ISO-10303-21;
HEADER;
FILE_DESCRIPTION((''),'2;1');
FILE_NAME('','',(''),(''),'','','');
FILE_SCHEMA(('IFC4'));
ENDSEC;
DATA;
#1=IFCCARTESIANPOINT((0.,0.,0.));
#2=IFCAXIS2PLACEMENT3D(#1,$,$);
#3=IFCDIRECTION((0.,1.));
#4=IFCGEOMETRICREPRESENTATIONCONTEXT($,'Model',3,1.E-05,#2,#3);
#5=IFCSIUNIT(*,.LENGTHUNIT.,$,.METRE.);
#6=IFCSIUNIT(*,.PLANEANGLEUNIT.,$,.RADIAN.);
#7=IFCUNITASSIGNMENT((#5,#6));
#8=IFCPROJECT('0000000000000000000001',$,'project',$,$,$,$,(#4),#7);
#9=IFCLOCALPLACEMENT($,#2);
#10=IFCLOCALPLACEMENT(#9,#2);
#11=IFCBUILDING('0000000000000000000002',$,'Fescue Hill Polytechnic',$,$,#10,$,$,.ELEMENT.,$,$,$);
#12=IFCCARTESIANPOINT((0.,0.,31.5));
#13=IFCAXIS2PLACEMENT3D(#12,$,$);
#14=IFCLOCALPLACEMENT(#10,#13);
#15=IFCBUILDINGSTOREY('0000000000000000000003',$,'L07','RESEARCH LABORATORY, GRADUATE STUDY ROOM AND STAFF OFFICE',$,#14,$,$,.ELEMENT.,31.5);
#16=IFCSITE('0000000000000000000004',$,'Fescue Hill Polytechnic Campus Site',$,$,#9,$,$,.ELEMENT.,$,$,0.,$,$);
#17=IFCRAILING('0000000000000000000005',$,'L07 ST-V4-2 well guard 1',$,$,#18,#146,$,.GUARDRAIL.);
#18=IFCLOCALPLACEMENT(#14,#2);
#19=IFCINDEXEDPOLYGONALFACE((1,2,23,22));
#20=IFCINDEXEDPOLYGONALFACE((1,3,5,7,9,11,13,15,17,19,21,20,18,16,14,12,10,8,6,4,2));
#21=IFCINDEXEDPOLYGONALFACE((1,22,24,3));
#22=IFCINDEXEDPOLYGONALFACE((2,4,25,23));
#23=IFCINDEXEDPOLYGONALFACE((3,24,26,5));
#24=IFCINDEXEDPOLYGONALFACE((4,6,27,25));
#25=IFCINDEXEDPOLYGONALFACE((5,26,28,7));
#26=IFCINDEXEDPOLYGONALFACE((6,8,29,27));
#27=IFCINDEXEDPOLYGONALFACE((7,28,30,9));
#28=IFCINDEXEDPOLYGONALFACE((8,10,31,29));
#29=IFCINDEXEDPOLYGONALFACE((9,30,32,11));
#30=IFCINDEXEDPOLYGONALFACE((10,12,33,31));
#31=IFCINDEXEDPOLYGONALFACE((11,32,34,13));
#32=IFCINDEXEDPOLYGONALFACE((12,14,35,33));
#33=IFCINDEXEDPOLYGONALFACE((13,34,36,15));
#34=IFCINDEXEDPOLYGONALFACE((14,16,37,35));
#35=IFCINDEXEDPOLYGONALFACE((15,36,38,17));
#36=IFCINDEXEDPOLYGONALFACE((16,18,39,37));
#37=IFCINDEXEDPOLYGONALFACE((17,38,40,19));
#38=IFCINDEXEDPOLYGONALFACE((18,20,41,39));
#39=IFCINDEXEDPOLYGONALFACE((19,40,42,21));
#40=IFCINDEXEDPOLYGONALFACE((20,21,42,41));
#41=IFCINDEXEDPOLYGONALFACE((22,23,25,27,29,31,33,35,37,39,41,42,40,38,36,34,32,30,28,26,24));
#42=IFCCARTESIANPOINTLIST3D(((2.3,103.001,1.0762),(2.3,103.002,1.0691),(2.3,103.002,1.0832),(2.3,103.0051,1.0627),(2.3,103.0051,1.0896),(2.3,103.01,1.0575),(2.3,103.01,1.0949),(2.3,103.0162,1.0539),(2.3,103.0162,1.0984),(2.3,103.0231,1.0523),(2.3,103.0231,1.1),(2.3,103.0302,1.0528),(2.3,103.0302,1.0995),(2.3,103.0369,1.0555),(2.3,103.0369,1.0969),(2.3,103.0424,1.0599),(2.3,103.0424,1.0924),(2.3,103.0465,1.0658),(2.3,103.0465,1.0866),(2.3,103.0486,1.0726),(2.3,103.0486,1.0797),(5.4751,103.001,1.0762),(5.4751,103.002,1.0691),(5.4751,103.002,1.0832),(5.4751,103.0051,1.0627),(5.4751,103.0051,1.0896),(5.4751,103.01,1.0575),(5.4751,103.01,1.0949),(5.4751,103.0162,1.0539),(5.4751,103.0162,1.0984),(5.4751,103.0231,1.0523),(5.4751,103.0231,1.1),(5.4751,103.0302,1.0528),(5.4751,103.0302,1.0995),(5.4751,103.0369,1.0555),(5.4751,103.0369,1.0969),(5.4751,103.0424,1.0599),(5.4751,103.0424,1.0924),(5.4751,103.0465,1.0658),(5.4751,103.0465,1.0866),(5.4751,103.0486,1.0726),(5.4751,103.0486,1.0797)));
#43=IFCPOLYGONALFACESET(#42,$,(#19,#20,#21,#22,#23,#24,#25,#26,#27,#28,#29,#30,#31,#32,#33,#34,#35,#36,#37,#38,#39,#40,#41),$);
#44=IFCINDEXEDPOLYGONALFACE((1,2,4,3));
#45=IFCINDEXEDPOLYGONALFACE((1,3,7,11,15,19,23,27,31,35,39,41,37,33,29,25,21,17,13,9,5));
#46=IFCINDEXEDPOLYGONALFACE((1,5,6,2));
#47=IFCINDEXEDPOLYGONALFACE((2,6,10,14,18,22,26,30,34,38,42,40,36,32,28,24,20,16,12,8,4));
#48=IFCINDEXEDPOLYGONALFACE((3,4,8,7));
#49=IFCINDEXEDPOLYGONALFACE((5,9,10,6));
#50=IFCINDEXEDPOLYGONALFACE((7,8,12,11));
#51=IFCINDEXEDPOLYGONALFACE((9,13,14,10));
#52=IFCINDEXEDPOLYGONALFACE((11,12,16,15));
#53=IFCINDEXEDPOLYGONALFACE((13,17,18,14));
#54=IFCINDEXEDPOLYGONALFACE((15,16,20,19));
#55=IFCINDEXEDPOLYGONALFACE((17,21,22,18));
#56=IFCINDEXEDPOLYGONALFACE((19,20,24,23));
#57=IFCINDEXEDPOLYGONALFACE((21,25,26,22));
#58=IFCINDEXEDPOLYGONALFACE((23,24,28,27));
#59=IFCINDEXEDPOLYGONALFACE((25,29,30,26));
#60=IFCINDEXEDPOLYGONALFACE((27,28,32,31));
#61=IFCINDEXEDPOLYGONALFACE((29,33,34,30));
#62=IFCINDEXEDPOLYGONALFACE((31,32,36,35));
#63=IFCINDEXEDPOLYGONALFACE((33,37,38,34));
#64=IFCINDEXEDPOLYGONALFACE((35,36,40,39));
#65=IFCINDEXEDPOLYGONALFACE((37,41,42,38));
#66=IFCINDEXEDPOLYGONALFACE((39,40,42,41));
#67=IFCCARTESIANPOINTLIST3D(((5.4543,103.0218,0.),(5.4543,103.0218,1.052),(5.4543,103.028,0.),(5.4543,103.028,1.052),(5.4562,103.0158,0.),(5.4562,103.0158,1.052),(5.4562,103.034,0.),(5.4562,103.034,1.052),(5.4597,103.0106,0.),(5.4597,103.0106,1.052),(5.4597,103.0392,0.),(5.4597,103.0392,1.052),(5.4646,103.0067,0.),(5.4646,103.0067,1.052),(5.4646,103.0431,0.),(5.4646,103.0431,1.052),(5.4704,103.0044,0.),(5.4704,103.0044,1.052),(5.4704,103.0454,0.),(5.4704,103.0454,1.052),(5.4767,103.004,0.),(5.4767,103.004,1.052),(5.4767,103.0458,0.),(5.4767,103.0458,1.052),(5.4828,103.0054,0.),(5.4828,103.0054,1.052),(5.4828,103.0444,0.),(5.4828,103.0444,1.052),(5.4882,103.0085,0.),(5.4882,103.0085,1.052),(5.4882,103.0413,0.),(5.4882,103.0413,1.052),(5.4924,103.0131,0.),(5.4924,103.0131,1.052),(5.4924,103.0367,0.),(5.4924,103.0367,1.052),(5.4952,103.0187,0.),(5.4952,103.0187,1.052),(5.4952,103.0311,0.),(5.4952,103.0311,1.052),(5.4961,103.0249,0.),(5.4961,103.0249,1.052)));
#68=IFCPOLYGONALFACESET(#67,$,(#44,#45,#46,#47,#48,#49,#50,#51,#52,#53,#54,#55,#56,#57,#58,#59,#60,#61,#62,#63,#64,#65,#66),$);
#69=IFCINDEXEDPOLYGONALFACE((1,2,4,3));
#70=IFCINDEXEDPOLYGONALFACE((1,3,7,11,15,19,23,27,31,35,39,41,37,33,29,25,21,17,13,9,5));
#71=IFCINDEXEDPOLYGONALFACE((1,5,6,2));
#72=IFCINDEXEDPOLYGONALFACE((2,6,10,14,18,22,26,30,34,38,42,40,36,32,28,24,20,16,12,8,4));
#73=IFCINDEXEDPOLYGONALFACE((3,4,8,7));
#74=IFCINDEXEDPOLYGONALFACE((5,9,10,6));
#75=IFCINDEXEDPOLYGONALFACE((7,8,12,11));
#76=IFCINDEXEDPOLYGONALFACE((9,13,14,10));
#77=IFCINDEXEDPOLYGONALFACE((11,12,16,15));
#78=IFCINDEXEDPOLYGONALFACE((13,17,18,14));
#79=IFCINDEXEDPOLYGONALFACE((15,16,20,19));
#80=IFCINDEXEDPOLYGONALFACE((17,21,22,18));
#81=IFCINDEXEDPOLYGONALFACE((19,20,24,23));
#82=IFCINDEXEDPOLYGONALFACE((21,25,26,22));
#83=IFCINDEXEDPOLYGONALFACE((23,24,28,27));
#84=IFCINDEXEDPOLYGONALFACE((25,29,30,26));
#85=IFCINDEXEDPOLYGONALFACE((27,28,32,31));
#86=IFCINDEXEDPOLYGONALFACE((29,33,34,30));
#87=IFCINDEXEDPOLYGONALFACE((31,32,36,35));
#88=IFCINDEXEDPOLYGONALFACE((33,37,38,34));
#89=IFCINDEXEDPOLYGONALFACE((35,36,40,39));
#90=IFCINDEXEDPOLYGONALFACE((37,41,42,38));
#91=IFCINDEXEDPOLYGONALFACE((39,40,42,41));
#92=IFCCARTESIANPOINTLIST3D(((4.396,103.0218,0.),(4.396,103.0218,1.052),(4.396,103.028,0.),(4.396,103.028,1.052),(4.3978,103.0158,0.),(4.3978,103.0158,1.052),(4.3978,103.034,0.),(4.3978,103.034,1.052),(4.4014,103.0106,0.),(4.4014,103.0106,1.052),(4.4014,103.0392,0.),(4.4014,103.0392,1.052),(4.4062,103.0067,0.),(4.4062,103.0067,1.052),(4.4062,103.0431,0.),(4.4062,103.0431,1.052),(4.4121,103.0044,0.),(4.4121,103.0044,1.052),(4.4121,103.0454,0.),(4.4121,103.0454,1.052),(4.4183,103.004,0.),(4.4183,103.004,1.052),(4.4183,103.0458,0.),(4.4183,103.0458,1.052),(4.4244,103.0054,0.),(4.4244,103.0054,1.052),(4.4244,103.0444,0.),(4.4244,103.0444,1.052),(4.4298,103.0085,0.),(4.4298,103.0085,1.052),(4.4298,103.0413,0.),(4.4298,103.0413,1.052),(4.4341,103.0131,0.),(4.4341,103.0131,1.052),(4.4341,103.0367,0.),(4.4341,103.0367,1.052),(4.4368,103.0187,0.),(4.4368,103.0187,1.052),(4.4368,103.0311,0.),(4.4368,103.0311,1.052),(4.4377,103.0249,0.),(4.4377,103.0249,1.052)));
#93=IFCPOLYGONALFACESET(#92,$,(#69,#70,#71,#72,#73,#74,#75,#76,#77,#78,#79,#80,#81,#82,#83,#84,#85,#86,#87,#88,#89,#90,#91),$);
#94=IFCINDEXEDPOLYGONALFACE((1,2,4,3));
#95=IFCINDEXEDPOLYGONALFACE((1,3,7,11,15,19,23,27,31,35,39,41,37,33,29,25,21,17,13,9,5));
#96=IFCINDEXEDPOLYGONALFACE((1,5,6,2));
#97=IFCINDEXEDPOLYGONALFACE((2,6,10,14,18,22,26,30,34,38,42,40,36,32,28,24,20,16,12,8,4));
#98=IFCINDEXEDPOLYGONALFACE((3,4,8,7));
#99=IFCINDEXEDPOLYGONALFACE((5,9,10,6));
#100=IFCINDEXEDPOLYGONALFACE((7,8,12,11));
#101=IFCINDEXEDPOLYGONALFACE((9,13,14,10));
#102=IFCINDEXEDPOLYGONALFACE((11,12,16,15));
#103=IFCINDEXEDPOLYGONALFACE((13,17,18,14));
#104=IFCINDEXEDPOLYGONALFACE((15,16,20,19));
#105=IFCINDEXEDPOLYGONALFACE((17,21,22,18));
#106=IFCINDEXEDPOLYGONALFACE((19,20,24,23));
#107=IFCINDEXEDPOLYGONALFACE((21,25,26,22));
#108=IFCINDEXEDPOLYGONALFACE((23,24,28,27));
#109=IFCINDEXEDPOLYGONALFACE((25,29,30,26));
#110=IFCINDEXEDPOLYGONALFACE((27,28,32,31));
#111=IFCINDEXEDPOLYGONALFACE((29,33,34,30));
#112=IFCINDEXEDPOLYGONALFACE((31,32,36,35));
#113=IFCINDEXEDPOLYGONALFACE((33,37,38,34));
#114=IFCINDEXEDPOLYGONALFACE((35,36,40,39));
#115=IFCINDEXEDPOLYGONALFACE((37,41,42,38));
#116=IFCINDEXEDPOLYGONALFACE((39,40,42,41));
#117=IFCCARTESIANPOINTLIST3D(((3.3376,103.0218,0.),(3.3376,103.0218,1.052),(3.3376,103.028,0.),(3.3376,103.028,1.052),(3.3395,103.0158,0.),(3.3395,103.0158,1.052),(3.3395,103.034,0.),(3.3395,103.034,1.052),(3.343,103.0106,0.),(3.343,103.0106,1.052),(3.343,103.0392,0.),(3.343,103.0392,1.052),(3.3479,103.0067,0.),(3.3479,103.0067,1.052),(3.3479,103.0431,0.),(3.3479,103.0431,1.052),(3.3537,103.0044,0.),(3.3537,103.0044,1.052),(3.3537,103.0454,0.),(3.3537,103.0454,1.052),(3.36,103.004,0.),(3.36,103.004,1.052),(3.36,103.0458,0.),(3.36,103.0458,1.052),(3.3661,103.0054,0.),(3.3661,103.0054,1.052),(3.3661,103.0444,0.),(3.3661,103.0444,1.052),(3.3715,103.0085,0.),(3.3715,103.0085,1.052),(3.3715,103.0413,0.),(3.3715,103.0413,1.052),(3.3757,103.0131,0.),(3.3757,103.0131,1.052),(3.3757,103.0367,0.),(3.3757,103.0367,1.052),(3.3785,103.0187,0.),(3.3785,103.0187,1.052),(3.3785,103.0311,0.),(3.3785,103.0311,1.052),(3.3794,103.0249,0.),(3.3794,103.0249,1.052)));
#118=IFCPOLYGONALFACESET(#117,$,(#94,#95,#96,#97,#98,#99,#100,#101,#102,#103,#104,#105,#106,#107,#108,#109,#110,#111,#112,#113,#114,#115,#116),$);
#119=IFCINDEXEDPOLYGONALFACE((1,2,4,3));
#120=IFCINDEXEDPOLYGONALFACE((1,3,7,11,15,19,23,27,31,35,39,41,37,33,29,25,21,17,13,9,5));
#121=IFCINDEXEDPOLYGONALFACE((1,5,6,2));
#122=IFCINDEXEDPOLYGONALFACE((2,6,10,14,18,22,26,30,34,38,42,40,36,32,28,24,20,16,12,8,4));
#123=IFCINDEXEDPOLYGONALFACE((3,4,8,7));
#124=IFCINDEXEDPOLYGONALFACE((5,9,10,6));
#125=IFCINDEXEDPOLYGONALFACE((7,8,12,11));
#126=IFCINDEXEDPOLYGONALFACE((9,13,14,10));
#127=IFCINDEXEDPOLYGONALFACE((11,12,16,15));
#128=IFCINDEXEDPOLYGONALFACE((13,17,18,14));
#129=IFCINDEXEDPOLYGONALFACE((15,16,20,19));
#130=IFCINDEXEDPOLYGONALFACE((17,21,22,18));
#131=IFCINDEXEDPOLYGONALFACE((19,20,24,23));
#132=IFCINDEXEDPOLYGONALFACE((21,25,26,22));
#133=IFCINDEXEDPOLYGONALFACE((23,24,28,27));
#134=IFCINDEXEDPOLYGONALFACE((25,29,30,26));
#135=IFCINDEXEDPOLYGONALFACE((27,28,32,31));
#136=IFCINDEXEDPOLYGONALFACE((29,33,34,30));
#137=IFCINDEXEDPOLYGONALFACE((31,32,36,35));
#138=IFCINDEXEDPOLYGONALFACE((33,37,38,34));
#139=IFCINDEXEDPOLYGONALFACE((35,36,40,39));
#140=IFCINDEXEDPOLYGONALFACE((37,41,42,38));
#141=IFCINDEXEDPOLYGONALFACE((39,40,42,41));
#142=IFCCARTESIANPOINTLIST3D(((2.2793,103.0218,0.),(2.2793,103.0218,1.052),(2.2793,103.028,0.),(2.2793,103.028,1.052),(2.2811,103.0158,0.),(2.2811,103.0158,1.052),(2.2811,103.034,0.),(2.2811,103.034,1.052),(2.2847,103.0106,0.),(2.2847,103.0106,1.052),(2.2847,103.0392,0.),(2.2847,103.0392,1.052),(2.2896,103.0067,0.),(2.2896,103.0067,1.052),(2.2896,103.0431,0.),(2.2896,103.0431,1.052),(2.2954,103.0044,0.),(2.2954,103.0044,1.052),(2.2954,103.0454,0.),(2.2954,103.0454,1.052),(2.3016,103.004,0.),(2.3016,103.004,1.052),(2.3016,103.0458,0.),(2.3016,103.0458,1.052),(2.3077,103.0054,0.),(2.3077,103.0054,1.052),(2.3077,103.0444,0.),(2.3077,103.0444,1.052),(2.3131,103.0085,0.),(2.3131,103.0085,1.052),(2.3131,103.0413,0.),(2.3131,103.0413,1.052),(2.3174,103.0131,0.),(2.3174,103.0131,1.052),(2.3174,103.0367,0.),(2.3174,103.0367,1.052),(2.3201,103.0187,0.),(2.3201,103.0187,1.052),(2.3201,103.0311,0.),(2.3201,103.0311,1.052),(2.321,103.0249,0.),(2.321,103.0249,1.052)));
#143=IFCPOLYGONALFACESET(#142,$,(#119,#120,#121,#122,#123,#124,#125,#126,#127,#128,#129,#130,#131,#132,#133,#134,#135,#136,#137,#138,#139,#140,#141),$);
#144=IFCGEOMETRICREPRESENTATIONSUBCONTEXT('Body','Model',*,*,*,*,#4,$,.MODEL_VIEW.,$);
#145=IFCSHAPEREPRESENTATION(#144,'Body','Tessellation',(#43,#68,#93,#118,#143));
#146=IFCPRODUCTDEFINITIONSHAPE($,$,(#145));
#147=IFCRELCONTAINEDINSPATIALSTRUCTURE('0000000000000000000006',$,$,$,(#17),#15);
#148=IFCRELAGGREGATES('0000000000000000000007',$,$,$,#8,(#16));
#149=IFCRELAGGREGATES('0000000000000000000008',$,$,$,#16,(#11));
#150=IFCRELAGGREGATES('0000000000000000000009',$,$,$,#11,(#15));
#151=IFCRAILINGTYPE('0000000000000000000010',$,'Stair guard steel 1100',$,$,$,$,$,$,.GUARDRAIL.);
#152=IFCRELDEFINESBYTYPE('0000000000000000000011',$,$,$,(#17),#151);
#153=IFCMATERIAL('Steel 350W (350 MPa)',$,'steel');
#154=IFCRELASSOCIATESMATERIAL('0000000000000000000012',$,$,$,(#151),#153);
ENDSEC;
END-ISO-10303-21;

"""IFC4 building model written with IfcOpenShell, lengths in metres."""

from ifc_helpers import new_model, si_unit, direction, frame, origin, origin_2d, place, context, subcontext, project, spatial, circle, extrude, material, type_object, element, save


model = new_model("IFC4")

# Units and contexts
model_context = context("Model", 3, precision=1e-05, world=origin(), true_north=direction((0.0, 1.0)))
body_context = subcontext(model_context, "Body", "Model", "MODEL_VIEW")
ifc_project = project(units=[si_unit("LENGTHUNIT", "METRE"), si_unit("PLANEANGLEUNIT", "RADIAN")], contexts=[model_context])

# Site, building, storey
site_placement = place(None, origin())
site = spatial("IfcSite", under=ifc_project, at=site_placement, Name="Fescue Hill Polytechnic Campus Site", CompositionType="ELEMENT", RefElevation=0.0)
building_placement = place(site_placement, origin())
building = spatial("IfcBuilding", under=site, at=building_placement, Name="Fescue Hill Polytechnic", CompositionType="ELEMENT")
storey_placement = place(building_placement, frame((0.0, 0.0, 31.5)))
storey = spatial("IfcBuildingStorey", under=building, at=storey_placement, Name="L07", Description="RESEARCH LABORATORY, GRADUATE STUDY ROOM AND STAFF OFFICE", CompositionType="ELEMENT", Elevation=31.5)

# Railing
ifc_material_1 = material(Name="Steel 350W (350 MPa)", Category="steel")
railing_type = type_object("IfcRailingType", Name="Stair guard steel 1100", PredefinedType="GUARDRAIL", material=ifc_material_1)
railing_placement = place(storey_placement, frame((5.4751, 103.0249, 0.0)))
element("IfcRailing", 1, at=railing_placement, inside=storey, type_object=railing_type, Name="L07 ST-V4-2 well guard 1", PredefinedType="GUARDRAIL", context=body_context, shape_type="SweptSolid", body=[
    extrude(circle(Radius=0.0239, at=origin_2d()), frame((0.0, 0.0, 1.0762), z_axis=(-1.0, 0.0, 0.0), x_axis=(0.0, -1.0, 0.0)), (0.0, 0.0, 1.0), 3.175),
    extrude(circle(Radius=0.021, at=origin_2d()), origin(), (0.0, 0.0, 1.0), 1.052),
    extrude(circle(Radius=0.021, at=origin_2d()), frame((-1.0583, 0.0, 0.0)), (0.0, 0.0, 1.0), 1.052),
    extrude(circle(Radius=0.021, at=origin_2d()), frame((-2.1167, 0.0, 0.0)), (0.0, 0.0, 1.0), 1.052),
    extrude(circle(Radius=0.021, at=origin_2d()), frame((-3.175, 0.0, 0.0)), (0.0, 0.0, 1.0), 1.052),
])

save(model, "model.ifc")
